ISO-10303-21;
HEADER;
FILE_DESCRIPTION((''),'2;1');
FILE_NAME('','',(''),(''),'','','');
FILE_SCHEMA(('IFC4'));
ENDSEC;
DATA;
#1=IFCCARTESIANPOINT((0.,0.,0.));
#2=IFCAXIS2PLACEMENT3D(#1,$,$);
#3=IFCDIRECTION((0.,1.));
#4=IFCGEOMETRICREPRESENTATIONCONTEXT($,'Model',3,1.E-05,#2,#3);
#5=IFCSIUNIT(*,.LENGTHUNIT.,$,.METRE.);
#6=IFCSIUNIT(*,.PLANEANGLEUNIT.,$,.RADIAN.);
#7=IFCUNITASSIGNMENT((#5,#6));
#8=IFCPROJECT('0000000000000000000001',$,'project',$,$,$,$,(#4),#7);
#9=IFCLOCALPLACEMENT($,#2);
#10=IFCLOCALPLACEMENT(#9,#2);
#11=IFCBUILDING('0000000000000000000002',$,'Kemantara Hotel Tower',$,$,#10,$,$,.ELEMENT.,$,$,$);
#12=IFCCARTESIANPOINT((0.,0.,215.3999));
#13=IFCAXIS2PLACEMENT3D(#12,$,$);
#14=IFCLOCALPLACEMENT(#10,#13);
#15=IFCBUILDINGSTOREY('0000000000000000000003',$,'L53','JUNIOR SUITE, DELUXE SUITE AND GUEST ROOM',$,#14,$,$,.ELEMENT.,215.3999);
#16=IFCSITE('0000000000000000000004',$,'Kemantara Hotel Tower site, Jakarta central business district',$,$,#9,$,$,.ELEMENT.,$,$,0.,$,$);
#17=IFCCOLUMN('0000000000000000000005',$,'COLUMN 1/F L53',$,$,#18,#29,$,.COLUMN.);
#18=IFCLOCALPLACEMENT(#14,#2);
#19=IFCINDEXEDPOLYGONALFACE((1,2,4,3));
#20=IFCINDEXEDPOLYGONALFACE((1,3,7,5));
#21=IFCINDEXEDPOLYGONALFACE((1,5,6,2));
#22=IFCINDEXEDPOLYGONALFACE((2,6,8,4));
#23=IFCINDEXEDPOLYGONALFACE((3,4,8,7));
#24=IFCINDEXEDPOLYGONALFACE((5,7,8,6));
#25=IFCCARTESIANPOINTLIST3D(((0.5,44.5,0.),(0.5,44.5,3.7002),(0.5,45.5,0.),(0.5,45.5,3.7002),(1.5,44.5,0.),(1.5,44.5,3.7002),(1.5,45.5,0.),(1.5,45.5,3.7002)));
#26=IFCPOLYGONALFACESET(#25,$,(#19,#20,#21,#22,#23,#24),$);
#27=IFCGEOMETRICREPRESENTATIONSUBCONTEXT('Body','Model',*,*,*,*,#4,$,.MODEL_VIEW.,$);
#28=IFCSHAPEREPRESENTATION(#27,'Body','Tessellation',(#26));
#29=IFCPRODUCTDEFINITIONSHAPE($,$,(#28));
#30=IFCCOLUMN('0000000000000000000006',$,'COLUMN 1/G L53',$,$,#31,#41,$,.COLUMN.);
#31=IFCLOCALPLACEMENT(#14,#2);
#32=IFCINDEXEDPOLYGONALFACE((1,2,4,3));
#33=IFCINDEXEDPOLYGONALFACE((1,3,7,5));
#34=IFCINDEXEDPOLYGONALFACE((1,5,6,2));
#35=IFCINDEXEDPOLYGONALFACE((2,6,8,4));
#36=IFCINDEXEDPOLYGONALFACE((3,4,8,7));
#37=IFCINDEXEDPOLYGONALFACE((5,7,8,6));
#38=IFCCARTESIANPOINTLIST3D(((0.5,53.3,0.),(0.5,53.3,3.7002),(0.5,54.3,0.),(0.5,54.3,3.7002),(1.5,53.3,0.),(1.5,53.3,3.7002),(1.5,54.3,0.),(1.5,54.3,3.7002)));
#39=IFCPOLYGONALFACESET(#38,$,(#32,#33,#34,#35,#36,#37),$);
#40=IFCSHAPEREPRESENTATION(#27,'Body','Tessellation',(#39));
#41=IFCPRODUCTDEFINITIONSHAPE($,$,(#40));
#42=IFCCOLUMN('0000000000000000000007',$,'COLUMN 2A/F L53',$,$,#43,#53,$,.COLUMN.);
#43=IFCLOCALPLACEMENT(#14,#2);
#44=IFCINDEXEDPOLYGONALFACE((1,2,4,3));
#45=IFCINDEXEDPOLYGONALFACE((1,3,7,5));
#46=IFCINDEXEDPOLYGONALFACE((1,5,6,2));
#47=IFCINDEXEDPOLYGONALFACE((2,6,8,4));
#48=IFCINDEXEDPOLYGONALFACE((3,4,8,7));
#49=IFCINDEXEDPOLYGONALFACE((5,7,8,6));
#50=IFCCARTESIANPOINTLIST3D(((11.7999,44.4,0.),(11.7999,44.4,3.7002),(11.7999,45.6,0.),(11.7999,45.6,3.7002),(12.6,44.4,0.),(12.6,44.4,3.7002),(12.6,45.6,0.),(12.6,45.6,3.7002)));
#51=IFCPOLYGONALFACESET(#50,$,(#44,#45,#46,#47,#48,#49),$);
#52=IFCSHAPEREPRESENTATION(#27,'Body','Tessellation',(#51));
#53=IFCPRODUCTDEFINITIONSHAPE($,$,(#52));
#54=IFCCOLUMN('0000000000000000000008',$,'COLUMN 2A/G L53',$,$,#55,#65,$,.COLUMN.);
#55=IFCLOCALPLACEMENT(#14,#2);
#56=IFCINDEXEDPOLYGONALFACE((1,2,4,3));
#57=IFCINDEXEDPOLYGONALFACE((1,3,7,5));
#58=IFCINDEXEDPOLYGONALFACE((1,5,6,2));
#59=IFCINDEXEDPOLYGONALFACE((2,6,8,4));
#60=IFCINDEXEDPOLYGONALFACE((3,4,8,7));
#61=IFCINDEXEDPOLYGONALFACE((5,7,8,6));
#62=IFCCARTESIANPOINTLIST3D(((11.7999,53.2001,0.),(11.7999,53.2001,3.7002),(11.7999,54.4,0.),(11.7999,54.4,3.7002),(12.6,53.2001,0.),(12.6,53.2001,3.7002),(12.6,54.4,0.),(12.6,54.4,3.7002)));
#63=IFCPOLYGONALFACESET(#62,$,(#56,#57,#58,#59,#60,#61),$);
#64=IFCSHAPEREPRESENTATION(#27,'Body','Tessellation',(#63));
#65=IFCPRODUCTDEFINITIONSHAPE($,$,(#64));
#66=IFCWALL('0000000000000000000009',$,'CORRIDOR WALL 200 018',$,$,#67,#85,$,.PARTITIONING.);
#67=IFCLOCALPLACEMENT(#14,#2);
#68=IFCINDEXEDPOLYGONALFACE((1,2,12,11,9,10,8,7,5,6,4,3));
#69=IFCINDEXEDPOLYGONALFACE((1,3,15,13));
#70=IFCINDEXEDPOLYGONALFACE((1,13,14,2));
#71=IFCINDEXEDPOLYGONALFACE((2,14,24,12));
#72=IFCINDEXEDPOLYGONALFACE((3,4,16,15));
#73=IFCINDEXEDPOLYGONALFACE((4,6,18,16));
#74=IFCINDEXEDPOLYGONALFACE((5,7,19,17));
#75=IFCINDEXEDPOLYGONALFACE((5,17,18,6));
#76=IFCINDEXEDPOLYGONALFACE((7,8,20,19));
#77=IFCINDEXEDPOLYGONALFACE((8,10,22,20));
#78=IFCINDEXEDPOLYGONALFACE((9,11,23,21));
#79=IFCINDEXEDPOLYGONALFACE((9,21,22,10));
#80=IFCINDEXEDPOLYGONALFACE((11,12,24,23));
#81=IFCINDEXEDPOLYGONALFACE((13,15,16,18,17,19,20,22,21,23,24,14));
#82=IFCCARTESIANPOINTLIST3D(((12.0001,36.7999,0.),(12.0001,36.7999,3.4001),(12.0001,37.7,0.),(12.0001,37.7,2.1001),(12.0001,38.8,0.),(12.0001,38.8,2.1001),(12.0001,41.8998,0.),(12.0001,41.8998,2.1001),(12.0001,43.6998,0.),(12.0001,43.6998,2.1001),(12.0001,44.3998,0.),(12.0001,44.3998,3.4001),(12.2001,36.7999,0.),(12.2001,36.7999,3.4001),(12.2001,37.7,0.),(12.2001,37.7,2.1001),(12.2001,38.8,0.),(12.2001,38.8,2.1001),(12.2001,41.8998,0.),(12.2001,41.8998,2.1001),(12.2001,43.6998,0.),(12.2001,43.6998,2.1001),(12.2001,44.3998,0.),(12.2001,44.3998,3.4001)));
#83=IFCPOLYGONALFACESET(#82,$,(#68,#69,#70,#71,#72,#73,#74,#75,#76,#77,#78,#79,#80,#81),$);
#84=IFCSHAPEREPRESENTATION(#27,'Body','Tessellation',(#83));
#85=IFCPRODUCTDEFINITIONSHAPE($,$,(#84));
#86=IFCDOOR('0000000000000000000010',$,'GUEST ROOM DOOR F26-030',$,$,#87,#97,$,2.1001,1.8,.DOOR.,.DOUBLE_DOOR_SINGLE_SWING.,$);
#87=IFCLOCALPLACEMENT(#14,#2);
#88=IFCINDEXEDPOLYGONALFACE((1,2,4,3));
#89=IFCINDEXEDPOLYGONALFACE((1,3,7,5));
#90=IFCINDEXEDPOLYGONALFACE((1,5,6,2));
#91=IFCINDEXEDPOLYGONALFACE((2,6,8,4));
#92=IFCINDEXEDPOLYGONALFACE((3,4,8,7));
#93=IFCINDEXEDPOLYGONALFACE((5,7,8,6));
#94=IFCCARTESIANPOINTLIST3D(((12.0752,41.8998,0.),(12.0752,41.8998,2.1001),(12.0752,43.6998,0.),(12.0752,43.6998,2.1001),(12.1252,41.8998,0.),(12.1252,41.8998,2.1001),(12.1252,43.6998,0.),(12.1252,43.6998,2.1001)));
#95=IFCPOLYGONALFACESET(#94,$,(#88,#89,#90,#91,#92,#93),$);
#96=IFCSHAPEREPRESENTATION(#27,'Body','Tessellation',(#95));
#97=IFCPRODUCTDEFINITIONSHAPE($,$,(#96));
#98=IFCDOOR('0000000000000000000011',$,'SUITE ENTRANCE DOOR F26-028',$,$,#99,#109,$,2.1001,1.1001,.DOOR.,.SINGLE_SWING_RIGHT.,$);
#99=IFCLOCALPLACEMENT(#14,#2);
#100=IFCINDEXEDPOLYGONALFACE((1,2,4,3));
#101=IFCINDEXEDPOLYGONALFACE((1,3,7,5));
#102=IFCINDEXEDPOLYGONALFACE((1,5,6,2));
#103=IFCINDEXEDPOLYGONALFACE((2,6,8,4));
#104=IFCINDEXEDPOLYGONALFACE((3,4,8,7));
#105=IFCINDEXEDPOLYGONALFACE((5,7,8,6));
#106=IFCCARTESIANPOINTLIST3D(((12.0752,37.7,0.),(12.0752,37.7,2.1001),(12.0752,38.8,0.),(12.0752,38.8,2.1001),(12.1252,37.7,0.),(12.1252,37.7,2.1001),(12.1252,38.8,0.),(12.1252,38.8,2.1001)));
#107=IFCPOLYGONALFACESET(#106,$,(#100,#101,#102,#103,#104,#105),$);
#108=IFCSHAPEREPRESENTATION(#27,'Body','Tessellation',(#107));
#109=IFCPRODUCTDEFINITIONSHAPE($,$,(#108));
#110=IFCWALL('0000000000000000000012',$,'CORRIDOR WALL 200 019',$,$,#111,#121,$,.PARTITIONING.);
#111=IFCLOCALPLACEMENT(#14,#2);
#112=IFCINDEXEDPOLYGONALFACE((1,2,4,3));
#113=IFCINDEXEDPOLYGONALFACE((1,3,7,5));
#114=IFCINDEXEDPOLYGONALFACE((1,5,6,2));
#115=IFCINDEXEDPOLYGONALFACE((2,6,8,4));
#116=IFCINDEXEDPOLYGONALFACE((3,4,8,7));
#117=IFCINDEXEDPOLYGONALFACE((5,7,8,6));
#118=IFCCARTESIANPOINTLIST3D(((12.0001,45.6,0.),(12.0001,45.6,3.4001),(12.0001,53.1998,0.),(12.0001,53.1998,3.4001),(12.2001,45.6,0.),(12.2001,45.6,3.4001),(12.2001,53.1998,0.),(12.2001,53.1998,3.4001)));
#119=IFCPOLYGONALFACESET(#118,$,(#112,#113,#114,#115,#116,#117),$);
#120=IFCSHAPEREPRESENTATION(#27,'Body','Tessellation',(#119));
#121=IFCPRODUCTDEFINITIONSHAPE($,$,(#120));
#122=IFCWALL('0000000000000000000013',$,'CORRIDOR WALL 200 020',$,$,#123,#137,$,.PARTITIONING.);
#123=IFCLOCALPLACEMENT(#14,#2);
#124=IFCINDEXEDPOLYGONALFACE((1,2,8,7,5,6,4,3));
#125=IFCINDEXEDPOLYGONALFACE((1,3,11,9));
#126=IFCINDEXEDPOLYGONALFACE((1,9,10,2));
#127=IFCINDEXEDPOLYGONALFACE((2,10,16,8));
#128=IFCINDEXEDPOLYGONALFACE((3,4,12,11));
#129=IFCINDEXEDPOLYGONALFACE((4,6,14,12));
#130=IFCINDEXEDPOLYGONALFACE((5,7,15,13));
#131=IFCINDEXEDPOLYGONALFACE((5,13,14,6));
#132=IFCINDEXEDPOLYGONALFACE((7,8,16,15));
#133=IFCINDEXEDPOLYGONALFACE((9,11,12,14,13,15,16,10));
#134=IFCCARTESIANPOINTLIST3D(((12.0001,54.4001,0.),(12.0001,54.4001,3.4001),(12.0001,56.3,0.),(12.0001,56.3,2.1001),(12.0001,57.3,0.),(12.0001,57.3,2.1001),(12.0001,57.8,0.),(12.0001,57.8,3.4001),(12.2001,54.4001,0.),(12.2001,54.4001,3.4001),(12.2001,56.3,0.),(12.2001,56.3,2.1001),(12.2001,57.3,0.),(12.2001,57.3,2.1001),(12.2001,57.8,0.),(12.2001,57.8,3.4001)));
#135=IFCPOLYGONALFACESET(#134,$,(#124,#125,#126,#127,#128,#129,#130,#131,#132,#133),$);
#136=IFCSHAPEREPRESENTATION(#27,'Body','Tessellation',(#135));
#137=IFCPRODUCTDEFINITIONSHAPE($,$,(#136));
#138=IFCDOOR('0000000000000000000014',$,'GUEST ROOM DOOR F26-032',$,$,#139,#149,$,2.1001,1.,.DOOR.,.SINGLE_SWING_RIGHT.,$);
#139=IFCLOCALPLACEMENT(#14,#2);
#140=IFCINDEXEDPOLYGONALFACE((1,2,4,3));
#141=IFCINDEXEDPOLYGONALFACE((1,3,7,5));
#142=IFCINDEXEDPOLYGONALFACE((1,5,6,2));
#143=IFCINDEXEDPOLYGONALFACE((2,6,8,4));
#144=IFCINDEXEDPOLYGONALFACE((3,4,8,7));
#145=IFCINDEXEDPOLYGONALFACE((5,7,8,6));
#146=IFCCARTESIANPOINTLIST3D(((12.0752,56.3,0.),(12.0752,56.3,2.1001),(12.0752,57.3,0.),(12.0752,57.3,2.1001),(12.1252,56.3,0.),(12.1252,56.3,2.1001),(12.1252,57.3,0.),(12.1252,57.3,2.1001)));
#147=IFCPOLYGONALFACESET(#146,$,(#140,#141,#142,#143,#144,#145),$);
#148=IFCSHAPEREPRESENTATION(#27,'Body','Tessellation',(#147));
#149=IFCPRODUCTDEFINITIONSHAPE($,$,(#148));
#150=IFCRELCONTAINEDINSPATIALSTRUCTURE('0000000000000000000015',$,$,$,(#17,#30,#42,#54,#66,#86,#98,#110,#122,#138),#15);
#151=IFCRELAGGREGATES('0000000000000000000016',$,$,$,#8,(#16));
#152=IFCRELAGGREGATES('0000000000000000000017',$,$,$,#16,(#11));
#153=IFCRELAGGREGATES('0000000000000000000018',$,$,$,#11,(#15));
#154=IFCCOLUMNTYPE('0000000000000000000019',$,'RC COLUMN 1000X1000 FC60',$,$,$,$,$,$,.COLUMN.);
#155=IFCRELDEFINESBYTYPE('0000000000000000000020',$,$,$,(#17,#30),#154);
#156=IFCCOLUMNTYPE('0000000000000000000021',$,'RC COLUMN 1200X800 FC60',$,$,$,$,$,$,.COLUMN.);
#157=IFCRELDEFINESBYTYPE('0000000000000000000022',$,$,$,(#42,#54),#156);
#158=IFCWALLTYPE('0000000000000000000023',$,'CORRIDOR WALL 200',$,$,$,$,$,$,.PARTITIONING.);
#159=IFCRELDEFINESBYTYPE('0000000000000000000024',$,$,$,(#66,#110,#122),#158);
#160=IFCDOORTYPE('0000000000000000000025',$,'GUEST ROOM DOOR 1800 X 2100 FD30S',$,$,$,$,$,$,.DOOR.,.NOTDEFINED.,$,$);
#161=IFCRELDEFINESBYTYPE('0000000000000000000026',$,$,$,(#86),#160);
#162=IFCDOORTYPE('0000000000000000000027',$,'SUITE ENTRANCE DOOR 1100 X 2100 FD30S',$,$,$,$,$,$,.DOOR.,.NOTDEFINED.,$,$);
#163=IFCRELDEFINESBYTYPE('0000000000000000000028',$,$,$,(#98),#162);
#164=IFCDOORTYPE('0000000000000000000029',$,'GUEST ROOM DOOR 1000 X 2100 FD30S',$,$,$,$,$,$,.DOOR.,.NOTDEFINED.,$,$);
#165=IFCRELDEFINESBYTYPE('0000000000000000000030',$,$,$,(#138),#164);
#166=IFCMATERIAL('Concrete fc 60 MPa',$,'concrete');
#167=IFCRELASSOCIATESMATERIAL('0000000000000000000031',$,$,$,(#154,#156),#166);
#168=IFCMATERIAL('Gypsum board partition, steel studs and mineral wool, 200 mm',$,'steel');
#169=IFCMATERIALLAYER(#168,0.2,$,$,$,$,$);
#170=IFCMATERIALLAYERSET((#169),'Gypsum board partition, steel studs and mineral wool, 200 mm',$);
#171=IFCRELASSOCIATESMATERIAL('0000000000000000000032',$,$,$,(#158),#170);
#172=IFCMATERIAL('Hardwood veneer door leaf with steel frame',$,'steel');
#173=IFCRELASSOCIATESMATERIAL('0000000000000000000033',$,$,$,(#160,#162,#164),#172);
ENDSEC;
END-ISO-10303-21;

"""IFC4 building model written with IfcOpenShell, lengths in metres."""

from ifc_helpers import new_model, si_unit, direction, frame, frame_2d, origin, origin_2d, place, context, subcontext, project, spatial, rectangle, extrude, material, layer, layer_set, material_profile, profile_set, type_object, element, fill, save


model = new_model("IFC4")

# Units and contexts
model_context = context("Model", 3, precision=1e-05, world=origin(), true_north=direction((0.0, 1.0)))
body_context = subcontext(model_context, "Body", "Model", "MODEL_VIEW")
ifc_project = project(units=[si_unit("LENGTHUNIT", "METRE"), si_unit("PLANEANGLEUNIT", "RADIAN")], contexts=[model_context])

# Site, building, storey
site_placement = place(None, origin())
site = spatial("IfcSite", under=ifc_project, at=site_placement, Name="Kemantara Hotel Tower site, Jakarta central business district", CompositionType="ELEMENT", RefElevation=0.0)
building_placement = place(site_placement, origin())
building = spatial("IfcBuilding", under=site, at=building_placement, Name="Kemantara Hotel Tower", CompositionType="ELEMENT")
storey_placement = place(building_placement, frame((0.0, 0.0, 215.3999)))
storey = spatial("IfcBuildingStorey", under=building, at=storey_placement, Name="L53", Description="JUNIOR SUITE, DELUXE SUITE AND GUEST ROOM", CompositionType="ELEMENT", Elevation=215.3999)

# Columns
ifc_material_1 = material(Name="Concrete fc 60 MPa", Category="concrete")
ifc_material_profile_1 = material_profile(ifc_material_1, rectangle(XDim=1.0, YDim=1.0, at=origin_2d()), Name="RC 1000X1000")
ifc_profile_set_1 = profile_set([ifc_material_profile_1], Name="Concrete fc 60 MPa")
column_type_1 = type_object("IfcColumnType", Name="RC COLUMN 1000X1000 FC60", PredefinedType="COLUMN", material=ifc_profile_set_1)
for number, where, z_axis, x_axis, name in (
    (1, (1.0, 45.0, 0.0), (0.0, 0.0, 1.0), (1.0, 0.0, 0.0), "COLUMN 1/F L53"),
    (2, (1.0, 53.8, 0.0), (0.0, 0.0, 1.0), (1.0, 0.0, 0.0), "COLUMN 1/G L53"),
):
    element("IfcColumn", number, at=place(storey_placement, frame(where, z_axis=z_axis, x_axis=x_axis)), inside=storey, type_object=column_type_1, Name=name, PredefinedType="COLUMN", context=body_context, shape_type="SweptSolid", body=[
        extrude(rectangle(XDim=1.0, YDim=1.0, at=origin_2d()), origin(), (0.0, 0.0, 1.0), 3.7002),
    ])
ifc_material_profile_2 = material_profile(ifc_material_1, rectangle(XDim=1.2, YDim=0.8, at=origin_2d()), Name="RC 1200X800")
ifc_profile_set_2 = profile_set([ifc_material_profile_2], Name="Concrete fc 60 MPa")
column_type_2 = type_object("IfcColumnType", Name="RC COLUMN 1200X800 FC60", PredefinedType="COLUMN", material=ifc_profile_set_2)
for number, where, z_axis, x_axis, name in (
    (3, (12.2, 45.0, 0.0), (0.0, 0.0, 1.0), (0.0, 1.0, 0.0), "COLUMN 2A/F L53"),
    (4, (12.2, 53.8, 0.0), (0.0, 0.0, 1.0), (0.0, 1.0, 0.0), "COLUMN 2A/G L53"),
):
    element("IfcColumn", number, at=place(storey_placement, frame(where, z_axis=z_axis, x_axis=x_axis)), inside=storey, type_object=column_type_2, Name=name, PredefinedType="COLUMN", context=body_context, shape_type="SweptSolid", body=[
        extrude(rectangle(XDim=1.2, YDim=0.8, at=origin_2d()), origin(), (0.0, 0.0, 1.0), 3.7002),
    ])

# Wall, openings, doors
ifc_material_2 = material(Name="Gypsum board partition, steel studs and mineral wool, 200 mm", Category="steel")
ifc_layer_1 = layer(ifc_material_2, 0.2)
ifc_layer_set_1 = layer_set([ifc_layer_1], Name="Gypsum board partition, steel studs and mineral wool, 200 mm")
wall_type_1 = type_object("IfcWallType", Name="CORRIDOR WALL 200", PredefinedType="PARTITIONING", material=ifc_layer_set_1)
wall_1_placement = place(storey_placement, frame((12.1001, 36.8, 0.0), z_axis=(0.0, 0.0, 1.0), x_axis=(0.0, 1.0, 0.0)))
wall_1 = element("IfcWall", 5, at=wall_1_placement, inside=storey, type_object=wall_type_1, Name="CORRIDOR WALL 200 018", PredefinedType="PARTITIONING", context=body_context, shape_type="SweptSolid", body=[
    extrude(rectangle(XDim=7.5999, YDim=0.2, at=frame_2d((3.7998, 0.0))), origin(), (0.0, 0.0, 1.0), 3.4001),
])
opening_1_placement = place(wall_1_placement, frame((0.8999, 0.0, 0.0)))
opening_1 = element("IfcOpeningElement", 6, at=opening_1_placement, cuts=wall_1, PredefinedType="OPENING", context=body_context, shape_type="SweptSolid", body=[
    extrude(rectangle(XDim=1.1001, YDim=2.1001, at=frame_2d((0.55, 1.05))), frame((0.0, 0.1099, 0.0), z_axis=(0.0, -1.0, 0.0), x_axis=(1.0, 0.0, 0.0)), (0.0, 0.0, 1.0), 0.22),
])
opening_2_placement = place(wall_1_placement, frame((5.0999, 0.0, 0.0)))
opening_2 = element("IfcOpeningElement", 7, at=opening_2_placement, cuts=wall_1, PredefinedType="OPENING", context=body_context, shape_type="SweptSolid", body=[
    extrude(rectangle(XDim=1.8, YDim=2.1001, at=frame_2d((0.8999, 1.05))), frame((0.0, 0.1099, 0.0), z_axis=(0.0, -1.0, 0.0), x_axis=(1.0, 0.0, 0.0)), (0.0, 0.0, 1.0), 0.22),
])
ifc_material_3 = material(Name="Hardwood veneer door leaf with steel frame", Category="steel")
door_type_1 = type_object("IfcDoorType", Name="GUEST ROOM DOOR 1800 X 2100 FD30S", OperationType="NOTDEFINED", PredefinedType="DOOR", material=ifc_material_3)
door_1_placement = place(opening_2_placement, origin())
door_1 = element("IfcDoor", 8, at=door_1_placement, inside=storey, type_object=door_type_1, Name="GUEST ROOM DOOR F26-030", OperationType="DOUBLE_DOOR_SINGLE_SWING", OverallHeight=2.1001, OverallWidth=1.8, PredefinedType="DOOR", context=body_context, shape_type="SweptSolid", body=[
    extrude(rectangle(XDim=1.8, YDim=2.1001, at=frame_2d((0.8999, 1.05))), frame((0.0, 0.0249, 0.0), z_axis=(0.0, -1.0, 0.0), x_axis=(1.0, 0.0, 0.0)), (0.0, 0.0, 1.0), 0.05),
])
fill(opening_2, door_1)
door_type_2 = type_object("IfcDoorType", Name="SUITE ENTRANCE DOOR 1100 X 2100 FD30S", OperationType="NOTDEFINED", PredefinedType="DOOR", material=ifc_material_3)
door_2_placement = place(opening_1_placement, origin())
door_2 = element("IfcDoor", 9, at=door_2_placement, inside=storey, type_object=door_type_2, Name="SUITE ENTRANCE DOOR F26-028", OperationType="SINGLE_SWING_RIGHT", OverallHeight=2.1001, OverallWidth=1.1001, PredefinedType="DOOR", context=body_context, shape_type="SweptSolid", body=[
    extrude(rectangle(XDim=1.1001, YDim=2.1001, at=frame_2d((0.55, 1.05))), frame((0.0, 0.0249, 0.0), z_axis=(0.0, -1.0, 0.0), x_axis=(1.0, 0.0, 0.0)), (0.0, 0.0, 1.0), 0.05),
])
fill(opening_1, door_2)

# Wall
wall_2_placement = place(storey_placement, frame((12.1001, 45.6001, 0.0), z_axis=(0.0, 0.0, 1.0), x_axis=(0.0, 1.0, 0.0)))
element("IfcWall", 10, at=wall_2_placement, inside=storey, type_object=wall_type_1, Name="CORRIDOR WALL 200 019", PredefinedType="PARTITIONING", context=body_context, shape_type="SweptSolid", body=[
    extrude(rectangle(XDim=7.5999, YDim=0.2, at=frame_2d((3.7998, 0.0))), origin(), (0.0, 0.0, 1.0), 3.4001),
])

# Wall, opening, door
wall_3_placement = place(storey_placement, frame((12.1001, 54.4001, 0.0), z_axis=(0.0, 0.0, 1.0), x_axis=(0.0, 1.0, 0.0)))
wall_3 = element("IfcWall", 11, at=wall_3_placement, inside=storey, type_object=wall_type_1, Name="CORRIDOR WALL 200 020", PredefinedType="PARTITIONING", context=body_context, shape_type="SweptSolid", body=[
    extrude(rectangle(XDim=3.3999, YDim=0.2, at=frame_2d((1.7, 0.0))), origin(), (0.0, 0.0, 1.0), 3.4001),
])
opening_3_placement = place(wall_3_placement, frame((1.8999, 0.0, 0.0)))
opening_3 = element("IfcOpeningElement", 12, at=opening_3_placement, cuts=wall_3, PredefinedType="OPENING", context=body_context, shape_type="SweptSolid", body=[
    extrude(rectangle(XDim=1.0, YDim=2.1001, at=frame_2d((0.5, 1.05))), frame((0.0, 0.1099, 0.0), z_axis=(0.0, -1.0, 0.0), x_axis=(1.0, 0.0, 0.0)), (0.0, 0.0, 1.0), 0.22),
])
door_type_3 = type_object("IfcDoorType", Name="GUEST ROOM DOOR 1000 X 2100 FD30S", OperationType="NOTDEFINED", PredefinedType="DOOR", material=ifc_material_3)
door_3_placement = place(opening_3_placement, origin())
door_3 = element("IfcDoor", 13, at=door_3_placement, inside=storey, type_object=door_type_3, Name="GUEST ROOM DOOR F26-032", OperationType="SINGLE_SWING_RIGHT", OverallHeight=2.1001, OverallWidth=1.0, PredefinedType="DOOR", context=body_context, shape_type="SweptSolid", body=[
    extrude(rectangle(XDim=1.0, YDim=2.1001, at=frame_2d((0.5, 1.05))), frame((0.0, 0.0249, 0.0), z_axis=(0.0, -1.0, 0.0), x_axis=(1.0, 0.0, 0.0)), (0.0, 0.0, 1.0), 0.05),
])
fill(opening_3, door_3)

save(model, "model.ifc")
